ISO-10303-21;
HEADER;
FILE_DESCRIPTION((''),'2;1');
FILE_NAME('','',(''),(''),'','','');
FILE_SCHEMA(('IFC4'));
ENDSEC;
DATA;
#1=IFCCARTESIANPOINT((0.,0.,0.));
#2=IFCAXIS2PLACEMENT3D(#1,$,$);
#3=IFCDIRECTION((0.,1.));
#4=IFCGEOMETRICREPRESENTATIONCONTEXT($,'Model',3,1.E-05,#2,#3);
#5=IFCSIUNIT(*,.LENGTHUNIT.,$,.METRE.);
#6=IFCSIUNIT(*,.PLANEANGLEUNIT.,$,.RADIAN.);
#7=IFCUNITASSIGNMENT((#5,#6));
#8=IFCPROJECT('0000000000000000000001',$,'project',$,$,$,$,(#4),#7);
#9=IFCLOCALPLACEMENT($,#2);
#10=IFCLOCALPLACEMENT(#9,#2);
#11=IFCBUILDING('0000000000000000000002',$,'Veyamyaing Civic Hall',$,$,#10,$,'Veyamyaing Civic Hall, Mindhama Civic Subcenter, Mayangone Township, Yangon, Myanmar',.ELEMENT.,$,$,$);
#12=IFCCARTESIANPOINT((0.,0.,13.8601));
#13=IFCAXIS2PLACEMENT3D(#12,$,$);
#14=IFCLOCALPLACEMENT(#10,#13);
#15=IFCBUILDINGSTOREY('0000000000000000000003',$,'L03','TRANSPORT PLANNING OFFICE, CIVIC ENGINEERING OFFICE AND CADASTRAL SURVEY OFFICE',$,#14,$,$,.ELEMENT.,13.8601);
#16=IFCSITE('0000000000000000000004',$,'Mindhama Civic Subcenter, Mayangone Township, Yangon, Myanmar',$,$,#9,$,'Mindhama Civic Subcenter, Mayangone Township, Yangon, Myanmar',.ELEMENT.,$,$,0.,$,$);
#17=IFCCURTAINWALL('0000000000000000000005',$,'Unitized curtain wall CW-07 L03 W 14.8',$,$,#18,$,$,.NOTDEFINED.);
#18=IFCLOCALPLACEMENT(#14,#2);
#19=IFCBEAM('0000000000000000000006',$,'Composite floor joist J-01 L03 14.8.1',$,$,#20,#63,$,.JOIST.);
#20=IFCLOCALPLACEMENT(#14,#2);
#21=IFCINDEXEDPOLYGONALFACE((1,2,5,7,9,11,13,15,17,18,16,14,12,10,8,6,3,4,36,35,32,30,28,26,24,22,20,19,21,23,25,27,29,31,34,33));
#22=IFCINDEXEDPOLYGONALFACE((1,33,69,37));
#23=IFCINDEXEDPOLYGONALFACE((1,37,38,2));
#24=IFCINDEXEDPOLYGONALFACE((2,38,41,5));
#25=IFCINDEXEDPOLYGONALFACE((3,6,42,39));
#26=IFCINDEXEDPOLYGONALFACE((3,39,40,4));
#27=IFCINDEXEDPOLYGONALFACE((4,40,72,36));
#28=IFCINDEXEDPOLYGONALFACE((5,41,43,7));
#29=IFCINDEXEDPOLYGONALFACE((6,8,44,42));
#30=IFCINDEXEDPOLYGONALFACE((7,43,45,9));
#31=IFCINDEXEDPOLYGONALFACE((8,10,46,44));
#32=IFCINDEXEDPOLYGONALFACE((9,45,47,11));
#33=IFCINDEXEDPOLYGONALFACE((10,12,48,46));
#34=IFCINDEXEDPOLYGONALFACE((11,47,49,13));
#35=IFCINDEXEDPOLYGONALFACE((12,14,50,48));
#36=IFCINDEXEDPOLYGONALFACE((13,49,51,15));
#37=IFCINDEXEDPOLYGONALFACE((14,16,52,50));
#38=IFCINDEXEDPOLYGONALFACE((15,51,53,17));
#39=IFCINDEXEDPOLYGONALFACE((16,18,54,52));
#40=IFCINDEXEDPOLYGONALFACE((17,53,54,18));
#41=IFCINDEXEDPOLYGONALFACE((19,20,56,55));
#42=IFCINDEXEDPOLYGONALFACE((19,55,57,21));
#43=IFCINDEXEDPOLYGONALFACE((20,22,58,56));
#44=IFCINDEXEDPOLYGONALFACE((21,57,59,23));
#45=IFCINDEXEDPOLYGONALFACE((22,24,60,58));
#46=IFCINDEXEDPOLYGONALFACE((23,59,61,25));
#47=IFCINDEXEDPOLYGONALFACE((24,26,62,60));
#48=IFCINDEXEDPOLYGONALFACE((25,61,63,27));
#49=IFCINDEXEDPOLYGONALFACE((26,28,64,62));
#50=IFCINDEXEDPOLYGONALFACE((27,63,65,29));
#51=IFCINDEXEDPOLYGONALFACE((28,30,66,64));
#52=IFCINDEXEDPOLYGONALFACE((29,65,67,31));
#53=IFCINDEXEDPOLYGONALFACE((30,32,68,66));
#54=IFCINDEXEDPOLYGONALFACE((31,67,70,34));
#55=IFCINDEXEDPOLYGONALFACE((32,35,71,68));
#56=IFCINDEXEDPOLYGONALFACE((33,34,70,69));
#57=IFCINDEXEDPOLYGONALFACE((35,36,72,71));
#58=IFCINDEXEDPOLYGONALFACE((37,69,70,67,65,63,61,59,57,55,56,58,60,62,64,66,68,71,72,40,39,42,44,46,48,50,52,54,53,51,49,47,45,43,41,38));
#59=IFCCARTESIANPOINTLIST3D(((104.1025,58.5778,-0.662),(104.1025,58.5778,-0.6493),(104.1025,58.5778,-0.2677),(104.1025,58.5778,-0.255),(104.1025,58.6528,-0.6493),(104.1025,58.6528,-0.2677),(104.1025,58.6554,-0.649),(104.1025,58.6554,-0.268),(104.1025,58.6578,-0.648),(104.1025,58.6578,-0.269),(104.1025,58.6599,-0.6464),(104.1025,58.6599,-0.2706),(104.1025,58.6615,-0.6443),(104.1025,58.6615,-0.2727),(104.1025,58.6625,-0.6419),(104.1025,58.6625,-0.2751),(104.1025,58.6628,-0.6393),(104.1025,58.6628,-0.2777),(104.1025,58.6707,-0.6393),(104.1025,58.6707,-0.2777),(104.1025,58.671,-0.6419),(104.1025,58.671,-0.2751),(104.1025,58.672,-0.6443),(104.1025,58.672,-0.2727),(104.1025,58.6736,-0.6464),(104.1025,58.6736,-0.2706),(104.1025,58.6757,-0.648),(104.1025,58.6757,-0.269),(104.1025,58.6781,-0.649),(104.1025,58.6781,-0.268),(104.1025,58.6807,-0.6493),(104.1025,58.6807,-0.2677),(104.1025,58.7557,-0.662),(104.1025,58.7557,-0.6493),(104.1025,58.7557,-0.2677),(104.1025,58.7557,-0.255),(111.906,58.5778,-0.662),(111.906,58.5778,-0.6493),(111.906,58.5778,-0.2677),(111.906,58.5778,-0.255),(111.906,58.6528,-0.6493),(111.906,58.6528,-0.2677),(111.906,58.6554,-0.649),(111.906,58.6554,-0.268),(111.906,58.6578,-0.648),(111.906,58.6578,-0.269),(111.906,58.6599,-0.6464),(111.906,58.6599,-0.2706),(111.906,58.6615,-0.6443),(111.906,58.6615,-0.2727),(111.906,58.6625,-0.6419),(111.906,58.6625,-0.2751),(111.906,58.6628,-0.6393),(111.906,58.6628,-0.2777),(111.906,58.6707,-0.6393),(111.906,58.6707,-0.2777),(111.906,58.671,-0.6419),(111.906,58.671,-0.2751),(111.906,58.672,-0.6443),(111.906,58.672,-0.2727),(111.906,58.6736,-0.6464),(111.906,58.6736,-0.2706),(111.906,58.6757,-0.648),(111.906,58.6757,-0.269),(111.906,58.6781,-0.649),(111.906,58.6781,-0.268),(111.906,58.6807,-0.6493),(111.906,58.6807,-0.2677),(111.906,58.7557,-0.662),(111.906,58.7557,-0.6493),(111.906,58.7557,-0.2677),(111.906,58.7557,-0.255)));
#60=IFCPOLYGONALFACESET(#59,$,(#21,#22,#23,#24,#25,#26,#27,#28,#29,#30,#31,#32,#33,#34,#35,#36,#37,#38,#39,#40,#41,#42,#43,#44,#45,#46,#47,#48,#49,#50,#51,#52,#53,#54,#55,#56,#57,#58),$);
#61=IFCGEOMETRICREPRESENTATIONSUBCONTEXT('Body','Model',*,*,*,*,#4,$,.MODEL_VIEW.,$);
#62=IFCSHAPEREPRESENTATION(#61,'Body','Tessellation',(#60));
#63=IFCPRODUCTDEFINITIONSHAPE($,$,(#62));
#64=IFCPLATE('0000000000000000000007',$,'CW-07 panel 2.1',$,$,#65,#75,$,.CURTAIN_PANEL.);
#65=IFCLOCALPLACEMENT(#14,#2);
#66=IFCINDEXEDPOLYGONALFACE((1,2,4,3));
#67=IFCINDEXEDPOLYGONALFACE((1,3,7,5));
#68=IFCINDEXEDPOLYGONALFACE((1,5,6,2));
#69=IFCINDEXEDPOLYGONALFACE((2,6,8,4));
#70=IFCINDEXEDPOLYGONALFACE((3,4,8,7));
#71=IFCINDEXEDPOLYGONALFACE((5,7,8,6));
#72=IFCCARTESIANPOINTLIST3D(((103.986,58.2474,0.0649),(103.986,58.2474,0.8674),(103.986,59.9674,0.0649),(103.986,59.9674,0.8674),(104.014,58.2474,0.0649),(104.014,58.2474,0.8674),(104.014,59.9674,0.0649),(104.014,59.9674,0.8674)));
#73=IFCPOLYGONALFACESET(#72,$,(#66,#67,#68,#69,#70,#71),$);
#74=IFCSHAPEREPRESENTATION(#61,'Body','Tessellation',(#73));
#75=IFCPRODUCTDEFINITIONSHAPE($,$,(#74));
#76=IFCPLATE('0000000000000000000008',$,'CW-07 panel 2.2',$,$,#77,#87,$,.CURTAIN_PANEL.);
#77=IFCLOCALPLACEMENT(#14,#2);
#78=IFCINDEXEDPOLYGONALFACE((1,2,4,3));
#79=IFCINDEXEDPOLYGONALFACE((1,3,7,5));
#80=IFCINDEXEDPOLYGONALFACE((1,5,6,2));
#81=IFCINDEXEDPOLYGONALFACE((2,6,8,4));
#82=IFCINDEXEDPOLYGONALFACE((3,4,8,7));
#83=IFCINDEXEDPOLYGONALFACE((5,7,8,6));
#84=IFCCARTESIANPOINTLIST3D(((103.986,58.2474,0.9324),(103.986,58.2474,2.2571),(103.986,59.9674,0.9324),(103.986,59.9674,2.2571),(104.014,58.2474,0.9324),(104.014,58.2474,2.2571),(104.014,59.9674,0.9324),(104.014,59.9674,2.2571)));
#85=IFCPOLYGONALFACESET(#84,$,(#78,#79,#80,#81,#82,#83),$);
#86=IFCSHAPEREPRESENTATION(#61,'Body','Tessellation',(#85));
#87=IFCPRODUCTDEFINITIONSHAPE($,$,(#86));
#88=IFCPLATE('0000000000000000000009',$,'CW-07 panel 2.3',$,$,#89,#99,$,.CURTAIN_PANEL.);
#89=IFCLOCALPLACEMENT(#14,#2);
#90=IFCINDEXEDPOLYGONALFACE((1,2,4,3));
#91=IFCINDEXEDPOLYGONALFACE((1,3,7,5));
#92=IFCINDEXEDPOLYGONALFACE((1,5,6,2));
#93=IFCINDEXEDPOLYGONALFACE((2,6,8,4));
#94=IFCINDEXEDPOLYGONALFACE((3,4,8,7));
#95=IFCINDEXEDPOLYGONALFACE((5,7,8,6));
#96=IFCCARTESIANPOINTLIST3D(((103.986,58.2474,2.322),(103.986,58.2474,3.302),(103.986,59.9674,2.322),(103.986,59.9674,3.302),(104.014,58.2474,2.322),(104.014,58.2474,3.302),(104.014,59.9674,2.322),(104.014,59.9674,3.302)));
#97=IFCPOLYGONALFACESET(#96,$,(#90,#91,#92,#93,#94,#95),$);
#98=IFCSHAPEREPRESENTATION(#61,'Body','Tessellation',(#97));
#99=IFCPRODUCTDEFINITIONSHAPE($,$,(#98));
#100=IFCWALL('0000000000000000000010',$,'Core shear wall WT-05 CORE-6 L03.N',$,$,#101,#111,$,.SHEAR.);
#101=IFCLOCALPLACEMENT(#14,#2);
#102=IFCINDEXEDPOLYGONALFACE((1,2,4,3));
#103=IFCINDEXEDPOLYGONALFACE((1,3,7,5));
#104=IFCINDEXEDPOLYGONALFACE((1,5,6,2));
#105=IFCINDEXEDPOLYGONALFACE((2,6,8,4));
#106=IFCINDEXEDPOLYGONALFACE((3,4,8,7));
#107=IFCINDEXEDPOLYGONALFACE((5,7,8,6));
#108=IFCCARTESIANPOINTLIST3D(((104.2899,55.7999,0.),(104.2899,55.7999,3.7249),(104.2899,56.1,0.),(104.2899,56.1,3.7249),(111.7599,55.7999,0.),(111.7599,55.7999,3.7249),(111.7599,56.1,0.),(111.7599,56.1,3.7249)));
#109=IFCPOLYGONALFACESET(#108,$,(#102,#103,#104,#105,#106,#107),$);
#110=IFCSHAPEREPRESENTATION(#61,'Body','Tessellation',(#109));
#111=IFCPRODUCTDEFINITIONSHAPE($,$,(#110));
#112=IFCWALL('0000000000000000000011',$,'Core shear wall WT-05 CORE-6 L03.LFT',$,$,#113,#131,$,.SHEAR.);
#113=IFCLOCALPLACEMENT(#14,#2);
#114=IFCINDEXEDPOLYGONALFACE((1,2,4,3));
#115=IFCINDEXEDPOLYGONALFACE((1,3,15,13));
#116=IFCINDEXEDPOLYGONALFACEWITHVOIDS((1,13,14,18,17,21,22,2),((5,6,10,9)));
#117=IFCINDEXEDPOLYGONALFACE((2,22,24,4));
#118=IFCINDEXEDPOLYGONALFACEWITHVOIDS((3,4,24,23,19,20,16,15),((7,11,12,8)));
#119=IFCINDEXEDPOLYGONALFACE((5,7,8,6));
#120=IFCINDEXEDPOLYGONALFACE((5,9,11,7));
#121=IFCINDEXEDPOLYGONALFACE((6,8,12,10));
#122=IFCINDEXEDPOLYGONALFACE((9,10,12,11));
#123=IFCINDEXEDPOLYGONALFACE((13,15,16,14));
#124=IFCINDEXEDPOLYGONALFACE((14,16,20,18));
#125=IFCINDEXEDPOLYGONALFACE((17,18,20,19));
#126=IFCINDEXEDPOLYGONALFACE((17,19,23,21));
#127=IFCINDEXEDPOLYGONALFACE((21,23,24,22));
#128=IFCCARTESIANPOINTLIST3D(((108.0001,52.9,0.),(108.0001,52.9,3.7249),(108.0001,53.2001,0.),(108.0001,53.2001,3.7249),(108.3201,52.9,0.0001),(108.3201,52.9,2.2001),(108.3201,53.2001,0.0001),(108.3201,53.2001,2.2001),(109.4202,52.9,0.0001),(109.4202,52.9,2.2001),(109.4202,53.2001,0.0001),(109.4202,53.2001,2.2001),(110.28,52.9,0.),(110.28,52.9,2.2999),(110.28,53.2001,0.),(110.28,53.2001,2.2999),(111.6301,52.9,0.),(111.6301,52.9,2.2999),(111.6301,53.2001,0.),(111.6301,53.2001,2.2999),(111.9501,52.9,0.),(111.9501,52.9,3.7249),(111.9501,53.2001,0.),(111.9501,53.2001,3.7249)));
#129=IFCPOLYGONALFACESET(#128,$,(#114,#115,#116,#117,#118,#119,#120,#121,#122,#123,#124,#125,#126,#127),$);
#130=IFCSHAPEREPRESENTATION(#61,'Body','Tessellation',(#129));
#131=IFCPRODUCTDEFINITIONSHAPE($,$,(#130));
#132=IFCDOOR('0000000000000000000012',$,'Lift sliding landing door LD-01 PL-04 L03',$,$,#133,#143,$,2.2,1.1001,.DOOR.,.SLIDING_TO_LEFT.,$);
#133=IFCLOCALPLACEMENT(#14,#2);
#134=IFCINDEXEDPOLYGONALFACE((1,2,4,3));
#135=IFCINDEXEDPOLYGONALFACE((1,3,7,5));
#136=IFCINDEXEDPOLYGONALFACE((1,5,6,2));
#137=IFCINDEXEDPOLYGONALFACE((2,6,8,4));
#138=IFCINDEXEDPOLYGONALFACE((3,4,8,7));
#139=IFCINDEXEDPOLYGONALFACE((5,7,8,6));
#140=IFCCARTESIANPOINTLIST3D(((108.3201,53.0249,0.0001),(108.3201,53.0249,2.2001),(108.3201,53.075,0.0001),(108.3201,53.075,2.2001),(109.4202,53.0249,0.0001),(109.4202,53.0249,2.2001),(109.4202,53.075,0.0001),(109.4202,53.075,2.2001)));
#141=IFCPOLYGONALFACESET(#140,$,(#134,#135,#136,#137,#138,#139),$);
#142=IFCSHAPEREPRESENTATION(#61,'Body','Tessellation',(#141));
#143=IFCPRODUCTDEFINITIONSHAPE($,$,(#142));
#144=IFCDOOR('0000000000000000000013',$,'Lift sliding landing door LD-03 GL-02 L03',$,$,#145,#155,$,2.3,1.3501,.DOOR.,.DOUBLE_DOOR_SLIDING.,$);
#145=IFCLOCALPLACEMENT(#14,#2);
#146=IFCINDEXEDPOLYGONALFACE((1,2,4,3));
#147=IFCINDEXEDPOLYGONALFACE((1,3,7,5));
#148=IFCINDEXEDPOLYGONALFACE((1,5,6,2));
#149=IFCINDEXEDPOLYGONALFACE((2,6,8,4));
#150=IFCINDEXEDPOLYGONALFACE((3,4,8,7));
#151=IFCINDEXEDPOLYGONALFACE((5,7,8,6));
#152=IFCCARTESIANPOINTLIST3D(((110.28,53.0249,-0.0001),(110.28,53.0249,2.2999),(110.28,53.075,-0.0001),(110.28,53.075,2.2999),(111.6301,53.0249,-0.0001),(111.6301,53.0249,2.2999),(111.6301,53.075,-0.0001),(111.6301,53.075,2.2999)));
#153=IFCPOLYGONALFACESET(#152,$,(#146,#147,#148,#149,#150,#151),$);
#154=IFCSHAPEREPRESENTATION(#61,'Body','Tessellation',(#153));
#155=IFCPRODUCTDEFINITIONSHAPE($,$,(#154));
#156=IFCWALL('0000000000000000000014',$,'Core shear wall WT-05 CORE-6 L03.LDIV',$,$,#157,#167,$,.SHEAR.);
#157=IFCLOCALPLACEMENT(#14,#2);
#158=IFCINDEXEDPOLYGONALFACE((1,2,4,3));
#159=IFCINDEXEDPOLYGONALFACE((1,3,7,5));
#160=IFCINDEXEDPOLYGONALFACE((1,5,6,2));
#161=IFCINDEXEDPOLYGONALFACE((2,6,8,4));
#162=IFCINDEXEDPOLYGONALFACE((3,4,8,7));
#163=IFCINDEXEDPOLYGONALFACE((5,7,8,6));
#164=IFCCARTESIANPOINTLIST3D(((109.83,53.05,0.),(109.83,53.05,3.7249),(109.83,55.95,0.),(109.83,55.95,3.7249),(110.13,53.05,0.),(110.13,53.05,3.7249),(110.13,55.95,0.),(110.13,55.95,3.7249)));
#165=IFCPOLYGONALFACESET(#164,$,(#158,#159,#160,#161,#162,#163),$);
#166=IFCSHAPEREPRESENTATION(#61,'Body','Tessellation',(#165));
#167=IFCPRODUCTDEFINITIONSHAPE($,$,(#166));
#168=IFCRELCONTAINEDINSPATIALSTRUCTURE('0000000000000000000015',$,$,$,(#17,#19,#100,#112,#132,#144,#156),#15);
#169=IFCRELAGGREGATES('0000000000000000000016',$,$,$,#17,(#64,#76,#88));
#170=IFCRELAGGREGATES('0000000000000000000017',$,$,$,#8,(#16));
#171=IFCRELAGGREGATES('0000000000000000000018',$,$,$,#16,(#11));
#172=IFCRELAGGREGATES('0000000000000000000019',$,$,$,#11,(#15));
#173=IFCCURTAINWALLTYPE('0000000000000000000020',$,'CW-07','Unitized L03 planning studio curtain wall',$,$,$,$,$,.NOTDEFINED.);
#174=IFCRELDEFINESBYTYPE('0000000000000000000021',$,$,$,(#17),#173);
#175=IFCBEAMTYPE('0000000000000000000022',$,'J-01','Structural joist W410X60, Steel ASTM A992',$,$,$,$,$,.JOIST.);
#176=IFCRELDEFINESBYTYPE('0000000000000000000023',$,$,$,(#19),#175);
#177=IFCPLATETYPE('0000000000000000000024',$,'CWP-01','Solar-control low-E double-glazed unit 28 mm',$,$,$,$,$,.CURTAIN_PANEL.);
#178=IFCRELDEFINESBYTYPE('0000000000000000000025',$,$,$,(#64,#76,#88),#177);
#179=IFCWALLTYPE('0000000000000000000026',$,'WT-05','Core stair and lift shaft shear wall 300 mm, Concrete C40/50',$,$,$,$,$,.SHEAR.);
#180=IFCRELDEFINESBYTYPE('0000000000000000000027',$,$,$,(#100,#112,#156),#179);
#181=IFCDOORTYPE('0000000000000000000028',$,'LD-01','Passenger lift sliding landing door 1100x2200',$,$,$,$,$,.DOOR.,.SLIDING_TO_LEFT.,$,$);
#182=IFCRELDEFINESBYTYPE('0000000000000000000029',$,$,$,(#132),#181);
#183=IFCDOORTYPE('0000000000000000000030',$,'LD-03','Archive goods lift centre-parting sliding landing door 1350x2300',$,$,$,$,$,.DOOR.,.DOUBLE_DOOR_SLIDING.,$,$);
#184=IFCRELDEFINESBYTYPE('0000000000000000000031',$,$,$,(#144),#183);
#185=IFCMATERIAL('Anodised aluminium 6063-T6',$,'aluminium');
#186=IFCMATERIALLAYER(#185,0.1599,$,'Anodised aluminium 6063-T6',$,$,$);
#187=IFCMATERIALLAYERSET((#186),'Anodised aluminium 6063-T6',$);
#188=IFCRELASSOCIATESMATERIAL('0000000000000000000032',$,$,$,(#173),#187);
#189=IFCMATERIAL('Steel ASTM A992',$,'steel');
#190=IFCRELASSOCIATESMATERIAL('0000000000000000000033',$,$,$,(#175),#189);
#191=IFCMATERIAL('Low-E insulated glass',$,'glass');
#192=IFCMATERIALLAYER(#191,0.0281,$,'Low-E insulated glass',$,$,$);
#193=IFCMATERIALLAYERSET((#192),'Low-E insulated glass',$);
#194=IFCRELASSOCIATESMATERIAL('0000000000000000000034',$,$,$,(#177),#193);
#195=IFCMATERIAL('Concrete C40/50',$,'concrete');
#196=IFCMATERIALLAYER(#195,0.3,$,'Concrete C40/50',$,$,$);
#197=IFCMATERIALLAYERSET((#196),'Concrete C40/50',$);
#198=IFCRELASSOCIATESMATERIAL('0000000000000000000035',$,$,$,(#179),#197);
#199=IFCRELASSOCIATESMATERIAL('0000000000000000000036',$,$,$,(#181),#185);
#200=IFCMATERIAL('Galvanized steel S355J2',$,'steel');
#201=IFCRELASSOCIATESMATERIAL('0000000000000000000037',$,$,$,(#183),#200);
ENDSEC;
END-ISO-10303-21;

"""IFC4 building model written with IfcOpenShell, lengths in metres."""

from ifc_helpers import new_model, si_unit, direction, frame, frame_2d, origin, origin_2d, place, context, subcontext, project, spatial, rectangle, i_section, extrude, material, layer, layer_set, material_profile, profile_set, type_object, element, fill, aggregate, save


model = new_model("IFC4")

# Units and contexts
model_context = context("Model", 3, precision=1e-05, world=origin(), true_north=direction((0.0, 1.0)))
body_context = subcontext(model_context, "Body", "Model", "MODEL_VIEW")
ifc_project = project(units=[si_unit("LENGTHUNIT", "METRE"), si_unit("PLANEANGLEUNIT", "RADIAN")], contexts=[model_context])

# Site, building, storey
site_placement = place(None, origin())
site = spatial("IfcSite", under=ifc_project, at=site_placement, Name="Mindhama Civic Subcenter, Mayangone Township, Yangon, Myanmar", LongName="Mindhama Civic Subcenter, Mayangone Township, Yangon, Myanmar", CompositionType="ELEMENT", RefElevation=0.0)
building_placement = place(site_placement, origin())
building = spatial("IfcBuilding", under=site, at=building_placement, Name="Veyamyaing Civic Hall", LongName="Veyamyaing Civic Hall, Mindhama Civic Subcenter, Mayangone Township, Yangon, Myanmar", CompositionType="ELEMENT")
storey_placement = place(building_placement, frame((0.0, 0.0, 13.8601)))
storey = spatial("IfcBuildingStorey", under=building, at=storey_placement, Name="L03", Description="TRANSPORT PLANNING OFFICE, CIVIC ENGINEERING OFFICE AND CADASTRAL SURVEY OFFICE", CompositionType="ELEMENT", Elevation=13.8601)

# Shared definitions
ifc_material_1 = material(Name="Steel ASTM A992", Category="steel")

# Curtain wall
ifc_material_2 = material(Name="Anodised aluminium 6063-T6", Category="aluminium")
ifc_layer_1 = layer(ifc_material_2, 0.1599, Name="Anodised aluminium 6063-T6")
ifc_layer_set_1 = layer_set([ifc_layer_1], Name="Anodised aluminium 6063-T6")
curtain_wall_type = type_object("IfcCurtainWallType", Name="CW-07", Description="Unitized L03 planning studio curtain wall", PredefinedType="NOTDEFINED", material=ifc_layer_set_1)
curtain_wall_placement = place(storey_placement, origin())
curtain_wall = element("IfcCurtainWall", 1, at=curtain_wall_placement, inside=storey, type_object=curtain_wall_type, Name="Unitized curtain wall CW-07 L03 W 14.8", PredefinedType="NOTDEFINED")

# Beam
ifc_material_profile_1 = material_profile(ifc_material_1, i_section(OverallWidth=0.178, OverallDepth=0.407, WebThickness=0.0078, FlangeThickness=0.0127, FilletRadius=0.01, at=origin_2d()), Name="W410X60")
ifc_profile_set_1 = profile_set([ifc_material_profile_1], Name="Steel ASTM A992")
beam_type_1 = type_object("IfcBeamType", Name="J-01", Description="Structural joist W410X60, Steel ASTM A992", PredefinedType="JOIST", material=ifc_profile_set_1)
beam_1_placement = place(storey_placement, frame((104.1025, 58.6667, -0.4585), z_axis=(1.0, 0.0, 0.0), x_axis=(0.0, 1.0, 0.0)))
element("IfcBeam", 2, at=beam_1_placement, inside=storey, type_object=beam_type_1, Name="Composite floor joist J-01 L03 14.8.1", PredefinedType="JOIST", context=body_context, shape_type="SweptSolid", body=[
    extrude(i_section(OverallWidth=0.178, OverallDepth=0.407, WebThickness=0.0078, FlangeThickness=0.0127, FilletRadius=0.01, at=origin_2d()), origin(), (0.0, 0.0, 1.0), 7.8035),
])

# Plates
ifc_material_3 = material(Name="Low-E insulated glass", Category="glass")
ifc_layer_2 = layer(ifc_material_3, 0.0281, Name="Low-E insulated glass")
ifc_layer_set_2 = layer_set([ifc_layer_2], Name="Low-E insulated glass")
plate_type = type_object("IfcPlateType", Name="CWP-01", Description="Solar-control low-E double-glazed unit 28 mm", PredefinedType="CURTAIN_PANEL", material=ifc_layer_set_2)
plate_1_placement = place(storey_placement, frame((104.0, 59.1074, 0.0649), z_axis=(0.0, 0.0, 1.0), x_axis=(0.0, 1.0, 0.0)))
plate_1 = element("IfcPlate", 3, at=plate_1_placement, type_object=plate_type, Name="CW-07 panel 2.1", PredefinedType="CURTAIN_PANEL", context=body_context, shape_type="SweptSolid", body=[
    extrude(rectangle(XDim=1.72, YDim=0.0281, at=origin_2d()), origin(), (0.0, 0.0, 1.0), 0.8025),
])
plate_2_placement = place(storey_placement, frame((104.0, 59.1074, 0.9324), z_axis=(0.0, 0.0, 1.0), x_axis=(0.0, 1.0, 0.0)))
plate_2 = element("IfcPlate", 4, at=plate_2_placement, type_object=plate_type, Name="CW-07 panel 2.2", PredefinedType="CURTAIN_PANEL", context=body_context, shape_type="SweptSolid", body=[
    extrude(rectangle(XDim=1.72, YDim=0.0281, at=origin_2d()), origin(), (0.0, 0.0, 1.0), 1.3247),
])
plate_3_placement = place(storey_placement, frame((104.0, 59.1074, 2.322), z_axis=(0.0, 0.0, 1.0), x_axis=(0.0, 1.0, 0.0)))
plate_3 = element("IfcPlate", 5, at=plate_3_placement, type_object=plate_type, Name="CW-07 panel 2.3", PredefinedType="CURTAIN_PANEL", context=body_context, shape_type="SweptSolid", body=[
    extrude(rectangle(XDim=1.72, YDim=0.0281, at=origin_2d()), origin(), (0.0, 0.0, 1.0), 0.98),
])
aggregate(curtain_wall, [plate_1, plate_2, plate_3])

# Wall
ifc_material_4 = material(Name="Concrete C40/50", Category="concrete")
ifc_layer_3 = layer(ifc_material_4, 0.3, Name="Concrete C40/50")
ifc_layer_set_3 = layer_set([ifc_layer_3], Name="Concrete C40/50")
wall_type_1 = type_object("IfcWallType", Name="WT-05", Description="Core stair and lift shaft shear wall 300 mm, Concrete C40/50", PredefinedType="SHEAR", material=ifc_layer_set_3)
wall_1_placement = place(storey_placement, frame((104.29, 55.95, 0.0), z_axis=(0.0, 0.0, 1.0), x_axis=(1.0, 0.0, 0.0)))
element("IfcWall", 6, at=wall_1_placement, inside=storey, type_object=wall_type_1, Name="Core shear wall WT-05 CORE-6 L03.N", PredefinedType="SHEAR", context=body_context, shape_type="SweptSolid", body=[
    extrude(rectangle(XDim=7.47, YDim=0.3, at=frame_2d((3.7349, 0.0))), origin(), (0.0, 0.0, 1.0), 3.7249),
])

# Wall, openings, doors
wall_2_placement = place(storey_placement, frame((108.0, 53.05, 0.0), z_axis=(0.0, 0.0, 1.0), x_axis=(1.0, 0.0, 0.0)))
wall_2 = element("IfcWall", 7, at=wall_2_placement, inside=storey, type_object=wall_type_1, Name="Core shear wall WT-05 CORE-6 L03.LFT", PredefinedType="SHEAR", context=body_context, shape_type="SweptSolid", body=[
    extrude(rectangle(XDim=3.95, YDim=0.3, at=frame_2d((1.9751, 0.0))), origin(), (0.0, 0.0, 1.0), 3.7249),
])
opening_1_placement = place(wall_2_placement, frame((0.3201, 0.0, 0.0)))
opening_1 = element("IfcOpeningElement", 8, at=opening_1_placement, cuts=wall_2, PredefinedType="OPENING", context=body_context, shape_type="SweptSolid", body=[
    extrude(rectangle(XDim=1.1001, YDim=2.2, at=frame_2d((0.55, 1.1001))), frame((0.0, 0.1599, 0.0), z_axis=(0.0, -1.0, 0.0), x_axis=(1.0, 0.0, 0.0)), (0.0, 0.0, 1.0), 0.3201),
])
opening_2_placement = place(wall_2_placement, frame((2.28, 0.0, 0.0)))
opening_2 = element("IfcOpeningElement", 9, at=opening_2_placement, cuts=wall_2, PredefinedType="OPENING", context=body_context, shape_type="SweptSolid", body=[
    extrude(rectangle(XDim=1.3501, YDim=2.3, at=frame_2d((0.675, 1.1499))), frame((0.0, 0.1599, 0.0), z_axis=(0.0, -1.0, 0.0), x_axis=(1.0, 0.0, 0.0)), (0.0, 0.0, 1.0), 0.3201),
])
door_type_1 = type_object("IfcDoorType", Name="LD-01", Description="Passenger lift sliding landing door 1100x2200", OperationType="SLIDING_TO_LEFT", PredefinedType="DOOR", material=ifc_material_2)
door_1_placement = place(opening_1_placement, origin())
door_1 = element("IfcDoor", 10, at=door_1_placement, inside=storey, type_object=door_type_1, Name="Lift sliding landing door LD-01 PL-04 L03", OperationType="SLIDING_TO_LEFT", OverallHeight=2.2, OverallWidth=1.1001, PredefinedType="DOOR", context=body_context, shape_type="SweptSolid", body=[
    extrude(rectangle(XDim=1.1001, YDim=2.2, at=frame_2d((0.55, 1.1001))), frame((0.0, 0.0249, 0.0), z_axis=(0.0, -1.0, 0.0), x_axis=(1.0, 0.0, 0.0)), (0.0, 0.0, 1.0), 0.05),
])
fill(opening_1, door_1)
ifc_material_5 = material(Name="Galvanized steel S355J2", Category="steel")
door_type_2 = type_object("IfcDoorType", Name="LD-03", Description="Archive goods lift centre-parting sliding landing door 1350x2300", OperationType="DOUBLE_DOOR_SLIDING", PredefinedType="DOOR", material=ifc_material_5)
door_2_placement = place(opening_2_placement, origin())
door_2 = element("IfcDoor", 11, at=door_2_placement, inside=storey, type_object=door_type_2, Name="Lift sliding landing door LD-03 GL-02 L03", OperationType="DOUBLE_DOOR_SLIDING", OverallHeight=2.3, OverallWidth=1.3501, PredefinedType="DOOR", context=body_context, shape_type="SweptSolid", body=[
    extrude(rectangle(XDim=1.3501, YDim=2.3, at=frame_2d((0.675, 1.1499))), frame((0.0, 0.0249, 0.0), z_axis=(0.0, -1.0, 0.0), x_axis=(1.0, 0.0, 0.0)), (0.0, 0.0, 1.0), 0.05),
])
fill(opening_2, door_2)

# Wall
wall_3_placement = place(storey_placement, frame((109.98, 53.05, 0.0), z_axis=(0.0, 0.0, 1.0), x_axis=(0.0, 1.0, 0.0)))
element("IfcWall", 12, at=wall_3_placement, inside=storey, type_object=wall_type_1, Name="Core shear wall WT-05 CORE-6 L03.LDIV", PredefinedType="SHEAR", context=body_context, shape_type="SweptSolid", body=[
    extrude(rectangle(XDim=2.8999, YDim=0.3, at=frame_2d((1.45, 0.0))), origin(), (0.0, 0.0, 1.0), 3.7249),
])

save(model, "model.ifc")
